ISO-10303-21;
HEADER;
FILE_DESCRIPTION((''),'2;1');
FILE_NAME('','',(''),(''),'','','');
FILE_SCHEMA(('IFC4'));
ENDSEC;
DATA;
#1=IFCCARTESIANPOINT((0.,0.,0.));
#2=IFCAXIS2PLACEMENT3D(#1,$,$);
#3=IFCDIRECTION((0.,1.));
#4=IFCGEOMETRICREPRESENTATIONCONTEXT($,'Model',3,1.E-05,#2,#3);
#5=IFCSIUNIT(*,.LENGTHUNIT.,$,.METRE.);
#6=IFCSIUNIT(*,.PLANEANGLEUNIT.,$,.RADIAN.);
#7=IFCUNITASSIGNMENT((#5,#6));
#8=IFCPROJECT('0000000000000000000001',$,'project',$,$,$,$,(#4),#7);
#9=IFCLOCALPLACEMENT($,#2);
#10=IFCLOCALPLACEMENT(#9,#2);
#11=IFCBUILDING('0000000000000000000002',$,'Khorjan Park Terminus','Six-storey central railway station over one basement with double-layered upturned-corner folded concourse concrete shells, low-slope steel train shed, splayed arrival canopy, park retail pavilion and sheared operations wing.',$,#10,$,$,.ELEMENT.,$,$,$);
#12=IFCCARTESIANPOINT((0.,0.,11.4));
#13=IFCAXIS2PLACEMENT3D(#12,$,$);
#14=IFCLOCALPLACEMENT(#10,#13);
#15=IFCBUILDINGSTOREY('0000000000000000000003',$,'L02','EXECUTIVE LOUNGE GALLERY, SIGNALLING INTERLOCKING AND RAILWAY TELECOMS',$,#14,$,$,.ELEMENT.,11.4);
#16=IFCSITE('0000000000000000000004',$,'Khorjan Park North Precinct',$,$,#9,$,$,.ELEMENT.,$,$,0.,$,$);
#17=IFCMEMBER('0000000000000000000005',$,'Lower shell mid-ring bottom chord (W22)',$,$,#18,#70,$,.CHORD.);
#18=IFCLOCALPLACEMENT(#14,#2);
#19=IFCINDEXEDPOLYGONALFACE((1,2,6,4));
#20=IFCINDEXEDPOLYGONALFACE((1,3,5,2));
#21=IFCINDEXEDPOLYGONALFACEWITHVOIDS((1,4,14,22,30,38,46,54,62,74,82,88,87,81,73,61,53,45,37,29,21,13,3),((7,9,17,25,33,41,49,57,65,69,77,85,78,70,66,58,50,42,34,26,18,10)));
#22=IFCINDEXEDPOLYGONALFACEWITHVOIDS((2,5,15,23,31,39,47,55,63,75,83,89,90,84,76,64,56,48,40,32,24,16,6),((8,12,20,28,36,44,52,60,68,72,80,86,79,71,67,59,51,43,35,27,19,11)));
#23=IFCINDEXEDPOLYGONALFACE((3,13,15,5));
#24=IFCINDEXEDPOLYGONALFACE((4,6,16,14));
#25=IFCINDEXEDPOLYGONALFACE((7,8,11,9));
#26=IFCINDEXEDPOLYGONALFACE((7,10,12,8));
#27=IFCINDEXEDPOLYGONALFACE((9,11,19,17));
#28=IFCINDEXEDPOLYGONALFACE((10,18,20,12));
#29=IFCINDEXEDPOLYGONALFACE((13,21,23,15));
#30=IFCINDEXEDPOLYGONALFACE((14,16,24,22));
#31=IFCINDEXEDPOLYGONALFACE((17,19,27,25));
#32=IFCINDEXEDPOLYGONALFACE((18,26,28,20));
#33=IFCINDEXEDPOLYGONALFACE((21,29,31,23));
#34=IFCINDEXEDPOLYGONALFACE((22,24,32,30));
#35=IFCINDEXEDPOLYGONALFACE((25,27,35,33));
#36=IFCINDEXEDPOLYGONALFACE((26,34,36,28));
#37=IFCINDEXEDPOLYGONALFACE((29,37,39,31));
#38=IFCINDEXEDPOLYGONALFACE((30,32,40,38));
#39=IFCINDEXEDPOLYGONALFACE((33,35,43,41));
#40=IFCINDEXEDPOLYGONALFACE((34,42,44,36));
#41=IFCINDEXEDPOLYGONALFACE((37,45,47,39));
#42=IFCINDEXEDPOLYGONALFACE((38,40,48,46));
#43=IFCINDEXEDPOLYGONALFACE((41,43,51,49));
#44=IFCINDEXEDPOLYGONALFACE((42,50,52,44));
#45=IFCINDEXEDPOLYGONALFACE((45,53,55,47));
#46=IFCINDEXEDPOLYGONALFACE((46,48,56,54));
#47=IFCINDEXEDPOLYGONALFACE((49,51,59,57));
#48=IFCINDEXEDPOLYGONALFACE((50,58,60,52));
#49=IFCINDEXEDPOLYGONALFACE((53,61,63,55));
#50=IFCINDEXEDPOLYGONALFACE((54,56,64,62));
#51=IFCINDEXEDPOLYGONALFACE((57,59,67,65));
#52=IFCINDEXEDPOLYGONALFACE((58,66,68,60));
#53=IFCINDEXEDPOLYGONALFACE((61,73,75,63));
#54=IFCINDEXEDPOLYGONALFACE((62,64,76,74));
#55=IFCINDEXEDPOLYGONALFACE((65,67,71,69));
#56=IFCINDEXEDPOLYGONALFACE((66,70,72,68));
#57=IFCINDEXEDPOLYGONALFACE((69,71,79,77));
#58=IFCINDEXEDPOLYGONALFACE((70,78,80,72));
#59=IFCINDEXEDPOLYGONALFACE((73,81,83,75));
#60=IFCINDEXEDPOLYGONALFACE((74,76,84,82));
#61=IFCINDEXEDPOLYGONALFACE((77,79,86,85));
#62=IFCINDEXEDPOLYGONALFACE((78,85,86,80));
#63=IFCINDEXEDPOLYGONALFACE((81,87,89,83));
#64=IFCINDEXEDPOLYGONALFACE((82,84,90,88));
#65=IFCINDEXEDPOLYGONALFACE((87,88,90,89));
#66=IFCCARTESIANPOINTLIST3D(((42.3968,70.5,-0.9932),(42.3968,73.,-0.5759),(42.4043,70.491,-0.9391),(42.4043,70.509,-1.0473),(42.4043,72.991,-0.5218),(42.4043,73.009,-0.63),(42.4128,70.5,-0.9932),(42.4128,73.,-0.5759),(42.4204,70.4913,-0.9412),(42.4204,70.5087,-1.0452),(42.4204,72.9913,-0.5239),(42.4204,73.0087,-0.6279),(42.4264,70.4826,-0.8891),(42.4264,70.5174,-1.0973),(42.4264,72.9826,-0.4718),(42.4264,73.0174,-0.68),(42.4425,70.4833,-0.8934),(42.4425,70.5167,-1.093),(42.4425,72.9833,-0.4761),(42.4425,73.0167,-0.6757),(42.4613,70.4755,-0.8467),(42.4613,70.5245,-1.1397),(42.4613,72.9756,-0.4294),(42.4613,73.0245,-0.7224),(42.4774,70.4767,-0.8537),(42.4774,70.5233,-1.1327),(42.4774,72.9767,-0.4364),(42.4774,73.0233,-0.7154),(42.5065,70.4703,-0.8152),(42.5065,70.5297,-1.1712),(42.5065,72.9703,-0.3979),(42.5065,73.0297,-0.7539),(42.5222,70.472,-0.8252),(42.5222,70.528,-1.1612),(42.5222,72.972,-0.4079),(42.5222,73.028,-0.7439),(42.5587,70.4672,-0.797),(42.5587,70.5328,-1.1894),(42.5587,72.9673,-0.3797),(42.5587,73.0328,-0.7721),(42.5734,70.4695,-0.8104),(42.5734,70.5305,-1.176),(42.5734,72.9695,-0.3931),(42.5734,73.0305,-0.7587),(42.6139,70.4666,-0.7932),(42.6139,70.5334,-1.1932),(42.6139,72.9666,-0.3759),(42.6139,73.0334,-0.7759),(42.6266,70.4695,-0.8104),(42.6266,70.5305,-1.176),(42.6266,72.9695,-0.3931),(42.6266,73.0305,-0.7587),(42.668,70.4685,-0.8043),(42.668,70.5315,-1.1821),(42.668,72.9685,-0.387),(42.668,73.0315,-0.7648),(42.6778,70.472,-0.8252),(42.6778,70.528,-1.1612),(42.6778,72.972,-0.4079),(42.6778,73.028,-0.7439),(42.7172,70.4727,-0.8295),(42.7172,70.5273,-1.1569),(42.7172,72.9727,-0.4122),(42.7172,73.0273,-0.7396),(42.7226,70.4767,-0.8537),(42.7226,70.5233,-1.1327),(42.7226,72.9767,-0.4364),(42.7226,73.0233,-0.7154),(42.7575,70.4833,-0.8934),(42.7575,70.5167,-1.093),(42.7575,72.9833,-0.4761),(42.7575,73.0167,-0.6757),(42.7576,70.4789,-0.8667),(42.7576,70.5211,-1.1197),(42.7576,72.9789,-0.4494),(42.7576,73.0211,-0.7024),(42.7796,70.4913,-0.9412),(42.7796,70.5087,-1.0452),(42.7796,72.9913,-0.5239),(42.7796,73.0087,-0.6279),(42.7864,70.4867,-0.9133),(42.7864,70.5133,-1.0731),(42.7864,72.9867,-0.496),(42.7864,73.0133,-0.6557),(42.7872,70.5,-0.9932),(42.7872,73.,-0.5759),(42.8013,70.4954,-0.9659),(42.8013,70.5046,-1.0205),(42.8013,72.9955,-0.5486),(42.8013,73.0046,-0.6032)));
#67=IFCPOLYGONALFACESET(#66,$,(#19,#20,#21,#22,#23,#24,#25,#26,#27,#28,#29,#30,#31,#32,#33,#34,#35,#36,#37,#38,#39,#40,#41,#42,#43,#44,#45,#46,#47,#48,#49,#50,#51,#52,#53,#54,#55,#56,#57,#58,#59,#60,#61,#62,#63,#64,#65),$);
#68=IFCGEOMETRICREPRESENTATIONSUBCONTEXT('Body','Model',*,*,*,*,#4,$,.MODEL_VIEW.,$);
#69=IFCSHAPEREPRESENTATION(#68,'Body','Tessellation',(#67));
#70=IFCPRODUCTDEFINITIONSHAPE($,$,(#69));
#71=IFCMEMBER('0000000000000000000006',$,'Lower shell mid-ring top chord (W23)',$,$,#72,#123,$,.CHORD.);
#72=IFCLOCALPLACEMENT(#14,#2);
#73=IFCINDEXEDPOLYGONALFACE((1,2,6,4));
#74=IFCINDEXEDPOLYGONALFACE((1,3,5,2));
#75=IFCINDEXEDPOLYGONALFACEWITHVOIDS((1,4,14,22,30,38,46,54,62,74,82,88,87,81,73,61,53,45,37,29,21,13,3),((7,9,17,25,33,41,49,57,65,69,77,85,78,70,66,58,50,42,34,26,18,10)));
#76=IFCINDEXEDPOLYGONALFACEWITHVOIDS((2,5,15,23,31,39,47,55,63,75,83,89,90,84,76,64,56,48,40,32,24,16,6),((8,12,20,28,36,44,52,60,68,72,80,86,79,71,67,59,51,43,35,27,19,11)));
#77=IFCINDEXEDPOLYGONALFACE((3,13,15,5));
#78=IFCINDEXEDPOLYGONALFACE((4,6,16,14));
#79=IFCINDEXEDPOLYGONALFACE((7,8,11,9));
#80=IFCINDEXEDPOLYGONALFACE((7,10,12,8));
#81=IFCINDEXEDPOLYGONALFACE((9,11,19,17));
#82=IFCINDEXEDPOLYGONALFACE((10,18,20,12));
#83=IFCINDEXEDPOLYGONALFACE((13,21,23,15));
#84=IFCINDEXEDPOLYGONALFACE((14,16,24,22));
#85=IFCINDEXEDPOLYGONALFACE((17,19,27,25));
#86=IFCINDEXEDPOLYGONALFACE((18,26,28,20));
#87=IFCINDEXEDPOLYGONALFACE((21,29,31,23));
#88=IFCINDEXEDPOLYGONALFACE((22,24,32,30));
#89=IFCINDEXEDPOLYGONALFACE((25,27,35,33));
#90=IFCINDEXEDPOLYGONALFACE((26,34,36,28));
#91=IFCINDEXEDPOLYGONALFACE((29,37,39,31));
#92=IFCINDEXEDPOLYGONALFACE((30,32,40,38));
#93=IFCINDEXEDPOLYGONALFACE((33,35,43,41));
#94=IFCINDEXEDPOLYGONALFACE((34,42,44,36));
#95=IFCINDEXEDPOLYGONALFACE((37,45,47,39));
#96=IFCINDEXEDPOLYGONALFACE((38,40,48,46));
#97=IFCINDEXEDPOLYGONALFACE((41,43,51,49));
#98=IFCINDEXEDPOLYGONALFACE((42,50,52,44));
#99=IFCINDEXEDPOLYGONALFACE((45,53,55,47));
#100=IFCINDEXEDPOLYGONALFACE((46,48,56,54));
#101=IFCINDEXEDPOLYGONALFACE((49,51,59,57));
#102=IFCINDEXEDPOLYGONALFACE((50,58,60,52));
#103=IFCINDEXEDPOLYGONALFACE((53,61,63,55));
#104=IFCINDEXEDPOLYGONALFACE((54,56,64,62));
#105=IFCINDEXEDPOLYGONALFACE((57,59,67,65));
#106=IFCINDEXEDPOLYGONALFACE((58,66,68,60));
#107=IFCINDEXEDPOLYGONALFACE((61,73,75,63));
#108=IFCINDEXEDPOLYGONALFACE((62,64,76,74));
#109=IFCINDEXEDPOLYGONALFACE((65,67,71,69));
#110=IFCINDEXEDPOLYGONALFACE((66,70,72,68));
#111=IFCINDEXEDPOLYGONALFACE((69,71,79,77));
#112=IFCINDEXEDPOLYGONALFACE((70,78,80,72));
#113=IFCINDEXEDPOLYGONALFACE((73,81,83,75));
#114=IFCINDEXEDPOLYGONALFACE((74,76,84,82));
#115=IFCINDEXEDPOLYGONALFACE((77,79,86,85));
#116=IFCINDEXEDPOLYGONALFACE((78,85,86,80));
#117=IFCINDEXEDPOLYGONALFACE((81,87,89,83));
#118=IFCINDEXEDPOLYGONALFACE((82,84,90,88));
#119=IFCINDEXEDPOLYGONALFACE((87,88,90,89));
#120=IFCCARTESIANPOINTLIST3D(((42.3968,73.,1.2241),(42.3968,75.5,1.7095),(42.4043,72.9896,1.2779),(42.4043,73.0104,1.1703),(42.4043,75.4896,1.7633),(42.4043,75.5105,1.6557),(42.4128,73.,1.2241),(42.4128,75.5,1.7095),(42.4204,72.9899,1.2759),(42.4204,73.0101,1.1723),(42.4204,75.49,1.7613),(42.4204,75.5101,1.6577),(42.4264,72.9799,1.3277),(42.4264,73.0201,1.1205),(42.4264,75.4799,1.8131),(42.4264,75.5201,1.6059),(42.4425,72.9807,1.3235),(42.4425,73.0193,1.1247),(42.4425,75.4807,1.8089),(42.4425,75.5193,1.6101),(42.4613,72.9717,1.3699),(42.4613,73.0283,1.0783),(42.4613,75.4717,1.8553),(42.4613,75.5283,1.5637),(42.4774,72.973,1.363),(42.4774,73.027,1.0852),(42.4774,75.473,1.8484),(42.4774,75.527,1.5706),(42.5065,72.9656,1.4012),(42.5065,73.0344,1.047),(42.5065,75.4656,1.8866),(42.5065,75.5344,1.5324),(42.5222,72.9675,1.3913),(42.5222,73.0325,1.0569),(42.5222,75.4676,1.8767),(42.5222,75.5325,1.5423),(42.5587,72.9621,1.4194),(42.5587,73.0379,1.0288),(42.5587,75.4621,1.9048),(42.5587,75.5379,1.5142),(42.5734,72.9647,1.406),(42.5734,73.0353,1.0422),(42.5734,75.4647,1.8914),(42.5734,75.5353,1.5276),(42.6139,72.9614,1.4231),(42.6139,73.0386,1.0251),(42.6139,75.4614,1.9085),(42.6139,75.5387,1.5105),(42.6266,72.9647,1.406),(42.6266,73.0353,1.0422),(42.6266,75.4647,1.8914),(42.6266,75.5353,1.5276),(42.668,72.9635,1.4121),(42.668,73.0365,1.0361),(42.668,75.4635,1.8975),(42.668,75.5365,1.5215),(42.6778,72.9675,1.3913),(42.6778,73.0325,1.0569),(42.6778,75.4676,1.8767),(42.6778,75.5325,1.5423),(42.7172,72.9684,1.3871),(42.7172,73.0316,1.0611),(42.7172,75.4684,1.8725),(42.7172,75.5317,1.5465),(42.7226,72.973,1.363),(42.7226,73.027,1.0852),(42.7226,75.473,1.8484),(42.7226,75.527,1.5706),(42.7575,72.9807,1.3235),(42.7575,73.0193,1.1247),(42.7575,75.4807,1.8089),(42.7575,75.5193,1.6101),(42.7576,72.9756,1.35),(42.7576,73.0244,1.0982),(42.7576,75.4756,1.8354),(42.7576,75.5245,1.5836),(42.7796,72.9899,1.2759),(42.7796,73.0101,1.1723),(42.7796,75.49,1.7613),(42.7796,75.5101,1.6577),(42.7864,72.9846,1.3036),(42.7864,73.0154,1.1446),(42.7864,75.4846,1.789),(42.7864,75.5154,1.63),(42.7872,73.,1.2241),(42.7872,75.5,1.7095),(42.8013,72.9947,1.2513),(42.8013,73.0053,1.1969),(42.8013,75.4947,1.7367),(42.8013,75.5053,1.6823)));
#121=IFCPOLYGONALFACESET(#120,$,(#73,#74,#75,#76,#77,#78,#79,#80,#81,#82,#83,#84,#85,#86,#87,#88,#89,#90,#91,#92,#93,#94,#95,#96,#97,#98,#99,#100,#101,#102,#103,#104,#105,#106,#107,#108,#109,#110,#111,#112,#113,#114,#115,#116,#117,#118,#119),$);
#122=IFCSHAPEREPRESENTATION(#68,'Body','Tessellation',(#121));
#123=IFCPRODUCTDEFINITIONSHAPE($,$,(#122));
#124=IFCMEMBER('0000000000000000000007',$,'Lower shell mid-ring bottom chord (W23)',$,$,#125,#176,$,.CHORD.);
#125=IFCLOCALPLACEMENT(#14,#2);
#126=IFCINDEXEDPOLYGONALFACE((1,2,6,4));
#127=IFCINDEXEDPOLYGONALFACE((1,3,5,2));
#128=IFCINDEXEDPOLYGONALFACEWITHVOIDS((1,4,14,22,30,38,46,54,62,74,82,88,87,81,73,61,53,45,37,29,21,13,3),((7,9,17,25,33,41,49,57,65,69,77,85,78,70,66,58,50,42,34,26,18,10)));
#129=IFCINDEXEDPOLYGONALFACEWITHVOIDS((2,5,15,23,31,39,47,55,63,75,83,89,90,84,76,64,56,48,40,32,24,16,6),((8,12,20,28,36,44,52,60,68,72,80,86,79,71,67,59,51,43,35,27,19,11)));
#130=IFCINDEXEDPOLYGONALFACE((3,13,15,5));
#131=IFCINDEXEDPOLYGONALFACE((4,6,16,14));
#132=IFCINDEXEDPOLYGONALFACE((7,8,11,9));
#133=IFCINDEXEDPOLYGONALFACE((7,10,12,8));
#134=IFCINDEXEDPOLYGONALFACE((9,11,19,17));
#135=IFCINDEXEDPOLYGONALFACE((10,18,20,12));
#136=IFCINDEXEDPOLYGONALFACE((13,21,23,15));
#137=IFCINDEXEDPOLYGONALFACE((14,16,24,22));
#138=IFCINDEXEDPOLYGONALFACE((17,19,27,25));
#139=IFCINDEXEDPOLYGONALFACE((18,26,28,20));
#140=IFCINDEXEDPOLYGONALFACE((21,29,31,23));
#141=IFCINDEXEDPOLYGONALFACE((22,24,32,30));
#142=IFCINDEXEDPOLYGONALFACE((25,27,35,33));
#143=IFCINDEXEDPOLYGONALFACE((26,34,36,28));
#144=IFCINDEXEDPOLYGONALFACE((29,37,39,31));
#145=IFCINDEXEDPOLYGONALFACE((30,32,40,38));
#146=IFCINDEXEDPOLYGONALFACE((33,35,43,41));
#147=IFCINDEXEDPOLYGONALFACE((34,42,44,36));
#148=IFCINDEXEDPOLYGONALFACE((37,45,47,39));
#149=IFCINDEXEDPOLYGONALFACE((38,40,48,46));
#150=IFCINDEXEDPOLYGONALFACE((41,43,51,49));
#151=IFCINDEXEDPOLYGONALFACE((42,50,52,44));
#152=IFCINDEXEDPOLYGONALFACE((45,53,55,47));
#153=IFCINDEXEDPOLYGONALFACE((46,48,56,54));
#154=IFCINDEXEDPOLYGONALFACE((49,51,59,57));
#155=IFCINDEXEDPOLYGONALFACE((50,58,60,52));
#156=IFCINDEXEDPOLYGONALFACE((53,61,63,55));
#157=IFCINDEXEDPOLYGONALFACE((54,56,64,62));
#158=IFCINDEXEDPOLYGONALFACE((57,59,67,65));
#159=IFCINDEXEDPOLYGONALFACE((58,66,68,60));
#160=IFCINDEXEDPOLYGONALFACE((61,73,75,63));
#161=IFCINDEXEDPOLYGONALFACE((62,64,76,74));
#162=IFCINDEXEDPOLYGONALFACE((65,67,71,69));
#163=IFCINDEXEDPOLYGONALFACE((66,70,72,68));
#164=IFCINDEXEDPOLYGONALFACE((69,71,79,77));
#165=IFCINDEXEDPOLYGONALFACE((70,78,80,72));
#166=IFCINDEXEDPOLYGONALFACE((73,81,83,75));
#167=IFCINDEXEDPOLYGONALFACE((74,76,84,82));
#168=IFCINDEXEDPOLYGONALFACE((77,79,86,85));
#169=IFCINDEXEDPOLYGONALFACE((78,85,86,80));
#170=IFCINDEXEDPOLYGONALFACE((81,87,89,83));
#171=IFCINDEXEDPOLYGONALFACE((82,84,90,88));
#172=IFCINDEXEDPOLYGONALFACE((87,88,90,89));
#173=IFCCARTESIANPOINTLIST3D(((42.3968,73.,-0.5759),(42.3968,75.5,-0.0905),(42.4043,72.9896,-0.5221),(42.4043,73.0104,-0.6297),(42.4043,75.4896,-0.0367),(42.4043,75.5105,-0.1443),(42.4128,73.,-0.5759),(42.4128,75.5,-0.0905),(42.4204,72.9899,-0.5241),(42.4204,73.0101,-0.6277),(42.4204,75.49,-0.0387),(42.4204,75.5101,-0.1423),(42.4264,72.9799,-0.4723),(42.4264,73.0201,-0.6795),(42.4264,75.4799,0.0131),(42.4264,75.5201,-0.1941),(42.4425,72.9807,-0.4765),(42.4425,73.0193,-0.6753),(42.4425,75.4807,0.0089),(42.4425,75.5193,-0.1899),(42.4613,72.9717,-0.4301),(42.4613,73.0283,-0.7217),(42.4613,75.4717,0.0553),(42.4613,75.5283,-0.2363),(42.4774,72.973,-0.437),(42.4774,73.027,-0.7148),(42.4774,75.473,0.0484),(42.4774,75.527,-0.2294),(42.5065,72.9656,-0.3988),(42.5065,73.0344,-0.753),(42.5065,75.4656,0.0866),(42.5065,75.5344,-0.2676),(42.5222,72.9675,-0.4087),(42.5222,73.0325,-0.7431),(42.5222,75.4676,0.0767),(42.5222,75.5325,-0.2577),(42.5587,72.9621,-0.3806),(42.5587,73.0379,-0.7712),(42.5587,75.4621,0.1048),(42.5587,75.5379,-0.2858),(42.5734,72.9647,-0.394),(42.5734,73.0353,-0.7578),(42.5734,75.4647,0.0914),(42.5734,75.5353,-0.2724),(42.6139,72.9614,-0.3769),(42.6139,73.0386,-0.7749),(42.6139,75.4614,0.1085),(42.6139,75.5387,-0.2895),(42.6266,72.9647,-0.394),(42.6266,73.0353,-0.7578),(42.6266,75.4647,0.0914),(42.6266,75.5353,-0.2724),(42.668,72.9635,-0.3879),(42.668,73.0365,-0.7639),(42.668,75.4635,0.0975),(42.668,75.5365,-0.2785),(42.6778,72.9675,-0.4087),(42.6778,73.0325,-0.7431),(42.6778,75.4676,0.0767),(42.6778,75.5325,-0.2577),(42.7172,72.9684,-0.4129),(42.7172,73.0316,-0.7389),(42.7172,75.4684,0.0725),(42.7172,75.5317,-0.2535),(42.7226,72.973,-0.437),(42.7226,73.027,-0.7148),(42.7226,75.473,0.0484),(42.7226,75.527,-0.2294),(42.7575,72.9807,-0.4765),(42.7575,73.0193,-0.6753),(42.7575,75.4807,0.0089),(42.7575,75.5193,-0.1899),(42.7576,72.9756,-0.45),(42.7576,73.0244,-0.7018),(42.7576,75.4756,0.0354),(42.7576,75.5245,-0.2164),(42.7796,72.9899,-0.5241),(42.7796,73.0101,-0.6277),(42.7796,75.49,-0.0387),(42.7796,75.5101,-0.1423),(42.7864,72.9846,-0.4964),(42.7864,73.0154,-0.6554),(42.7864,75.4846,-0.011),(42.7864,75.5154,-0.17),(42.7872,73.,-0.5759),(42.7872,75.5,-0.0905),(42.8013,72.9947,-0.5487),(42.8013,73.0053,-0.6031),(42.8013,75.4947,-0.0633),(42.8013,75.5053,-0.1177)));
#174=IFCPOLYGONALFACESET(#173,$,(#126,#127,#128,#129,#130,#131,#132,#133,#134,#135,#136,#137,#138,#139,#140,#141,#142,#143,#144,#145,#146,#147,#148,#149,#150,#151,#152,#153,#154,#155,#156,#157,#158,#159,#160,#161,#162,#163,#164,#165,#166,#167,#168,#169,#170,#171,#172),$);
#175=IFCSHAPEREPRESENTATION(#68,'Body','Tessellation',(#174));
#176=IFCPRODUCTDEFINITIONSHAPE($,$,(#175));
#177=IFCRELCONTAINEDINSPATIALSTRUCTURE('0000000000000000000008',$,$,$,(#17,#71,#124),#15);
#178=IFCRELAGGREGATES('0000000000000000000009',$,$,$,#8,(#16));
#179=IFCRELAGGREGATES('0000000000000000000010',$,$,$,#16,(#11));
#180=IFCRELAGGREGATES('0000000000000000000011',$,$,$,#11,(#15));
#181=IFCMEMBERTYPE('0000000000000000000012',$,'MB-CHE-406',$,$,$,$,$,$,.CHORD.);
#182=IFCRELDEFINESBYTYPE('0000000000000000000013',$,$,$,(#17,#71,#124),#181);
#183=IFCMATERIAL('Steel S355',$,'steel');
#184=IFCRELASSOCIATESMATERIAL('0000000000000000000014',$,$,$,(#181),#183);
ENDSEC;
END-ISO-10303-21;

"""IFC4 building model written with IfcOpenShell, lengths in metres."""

from ifc_helpers import new_model, si_unit, direction, frame, origin, origin_2d, place, context, subcontext, project, spatial, hollow_circle, extrude, material, material_profile, profile_set, type_object, element, save


model = new_model("IFC4")

# Units and contexts
model_context = context("Model", 3, precision=1e-05, world=origin(), true_north=direction((0.0, 1.0)))
body_context = subcontext(model_context, "Body", "Model", "MODEL_VIEW")
ifc_project = project(units=[si_unit("LENGTHUNIT", "METRE"), si_unit("PLANEANGLEUNIT", "RADIAN")], contexts=[model_context])

# Site, building, storey
site_placement = place(None, origin())
site = spatial("IfcSite", under=ifc_project, at=site_placement, Name="Khorjan Park North Precinct", CompositionType="ELEMENT", RefElevation=0.0)
building_placement = place(site_placement, origin())
building = spatial("IfcBuilding", under=site, at=building_placement, Name="Khorjan Park Terminus", Description="Six-storey central railway station over one basement with double-layered upturned-corner folded concourse concrete shells, low-slope steel train shed, splayed arrival canopy, park retail pavilion and sheared operations wing.", CompositionType="ELEMENT")
storey_placement = place(building_placement, frame((0.0, 0.0, 11.4)))
storey = spatial("IfcBuildingStorey", under=building, at=storey_placement, Name="L02", Description="EXECUTIVE LOUNGE GALLERY, SIGNALLING INTERLOCKING AND RAILWAY TELECOMS", CompositionType="ELEMENT", Elevation=11.4)

# Members
ifc_material_1 = material(Name="Steel S355", Category="steel")
ifc_material_profile_1 = material_profile(ifc_material_1, hollow_circle(Radius=0.2032, WallThickness=0.016, at=origin_2d()), Name="CHS 406.4x16")
ifc_profile_set_1 = profile_set([ifc_material_profile_1], Name="Steel S355")
member_type_1 = type_object("IfcMemberType", Name="MB-CHE-406", PredefinedType="CHORD", material=ifc_profile_set_1)
for number, where, z_axis, x_axis, name in (
    (1, (42.6, 70.5, -0.9932), (0.0, 0.986353, 0.164642), (-1.0, 0.0, 0.0), "Lower shell mid-ring bottom chord (W22)"),
):
    element("IfcMember", number, at=place(storey_placement, frame(where, z_axis=z_axis, x_axis=x_axis)), inside=storey, type_object=member_type_1, Name=name, PredefinedType="CHORD", context=body_context, shape_type="SweptSolid", body=[
        extrude(hollow_circle(Radius=0.2032, WallThickness=0.016, at=origin_2d()), origin(), (0.0, 0.0, 1.0), 2.5346),
    ])
for number, where, z_axis, x_axis, name in (
    (2, (42.6, 73.0, 1.2241), (0.0, 0.981668, 0.190601), (-1.0, 0.0, 0.0), "Lower shell mid-ring top chord (W23)"),
    (3, (42.6, 73.0, -0.5759), (0.0, 0.981668, 0.190601), (-1.0, 0.0, 0.0), "Lower shell mid-ring bottom chord (W23)"),
):
    element("IfcMember", number, at=place(storey_placement, frame(where, z_axis=z_axis, x_axis=x_axis)), inside=storey, type_object=member_type_1, Name=name, PredefinedType="CHORD", context=body_context, shape_type="SweptSolid", body=[
        extrude(hollow_circle(Radius=0.2032, WallThickness=0.016, at=origin_2d()), origin(), (0.0, 0.0, 1.0), 2.5467),
    ])

save(model, "model.ifc")
